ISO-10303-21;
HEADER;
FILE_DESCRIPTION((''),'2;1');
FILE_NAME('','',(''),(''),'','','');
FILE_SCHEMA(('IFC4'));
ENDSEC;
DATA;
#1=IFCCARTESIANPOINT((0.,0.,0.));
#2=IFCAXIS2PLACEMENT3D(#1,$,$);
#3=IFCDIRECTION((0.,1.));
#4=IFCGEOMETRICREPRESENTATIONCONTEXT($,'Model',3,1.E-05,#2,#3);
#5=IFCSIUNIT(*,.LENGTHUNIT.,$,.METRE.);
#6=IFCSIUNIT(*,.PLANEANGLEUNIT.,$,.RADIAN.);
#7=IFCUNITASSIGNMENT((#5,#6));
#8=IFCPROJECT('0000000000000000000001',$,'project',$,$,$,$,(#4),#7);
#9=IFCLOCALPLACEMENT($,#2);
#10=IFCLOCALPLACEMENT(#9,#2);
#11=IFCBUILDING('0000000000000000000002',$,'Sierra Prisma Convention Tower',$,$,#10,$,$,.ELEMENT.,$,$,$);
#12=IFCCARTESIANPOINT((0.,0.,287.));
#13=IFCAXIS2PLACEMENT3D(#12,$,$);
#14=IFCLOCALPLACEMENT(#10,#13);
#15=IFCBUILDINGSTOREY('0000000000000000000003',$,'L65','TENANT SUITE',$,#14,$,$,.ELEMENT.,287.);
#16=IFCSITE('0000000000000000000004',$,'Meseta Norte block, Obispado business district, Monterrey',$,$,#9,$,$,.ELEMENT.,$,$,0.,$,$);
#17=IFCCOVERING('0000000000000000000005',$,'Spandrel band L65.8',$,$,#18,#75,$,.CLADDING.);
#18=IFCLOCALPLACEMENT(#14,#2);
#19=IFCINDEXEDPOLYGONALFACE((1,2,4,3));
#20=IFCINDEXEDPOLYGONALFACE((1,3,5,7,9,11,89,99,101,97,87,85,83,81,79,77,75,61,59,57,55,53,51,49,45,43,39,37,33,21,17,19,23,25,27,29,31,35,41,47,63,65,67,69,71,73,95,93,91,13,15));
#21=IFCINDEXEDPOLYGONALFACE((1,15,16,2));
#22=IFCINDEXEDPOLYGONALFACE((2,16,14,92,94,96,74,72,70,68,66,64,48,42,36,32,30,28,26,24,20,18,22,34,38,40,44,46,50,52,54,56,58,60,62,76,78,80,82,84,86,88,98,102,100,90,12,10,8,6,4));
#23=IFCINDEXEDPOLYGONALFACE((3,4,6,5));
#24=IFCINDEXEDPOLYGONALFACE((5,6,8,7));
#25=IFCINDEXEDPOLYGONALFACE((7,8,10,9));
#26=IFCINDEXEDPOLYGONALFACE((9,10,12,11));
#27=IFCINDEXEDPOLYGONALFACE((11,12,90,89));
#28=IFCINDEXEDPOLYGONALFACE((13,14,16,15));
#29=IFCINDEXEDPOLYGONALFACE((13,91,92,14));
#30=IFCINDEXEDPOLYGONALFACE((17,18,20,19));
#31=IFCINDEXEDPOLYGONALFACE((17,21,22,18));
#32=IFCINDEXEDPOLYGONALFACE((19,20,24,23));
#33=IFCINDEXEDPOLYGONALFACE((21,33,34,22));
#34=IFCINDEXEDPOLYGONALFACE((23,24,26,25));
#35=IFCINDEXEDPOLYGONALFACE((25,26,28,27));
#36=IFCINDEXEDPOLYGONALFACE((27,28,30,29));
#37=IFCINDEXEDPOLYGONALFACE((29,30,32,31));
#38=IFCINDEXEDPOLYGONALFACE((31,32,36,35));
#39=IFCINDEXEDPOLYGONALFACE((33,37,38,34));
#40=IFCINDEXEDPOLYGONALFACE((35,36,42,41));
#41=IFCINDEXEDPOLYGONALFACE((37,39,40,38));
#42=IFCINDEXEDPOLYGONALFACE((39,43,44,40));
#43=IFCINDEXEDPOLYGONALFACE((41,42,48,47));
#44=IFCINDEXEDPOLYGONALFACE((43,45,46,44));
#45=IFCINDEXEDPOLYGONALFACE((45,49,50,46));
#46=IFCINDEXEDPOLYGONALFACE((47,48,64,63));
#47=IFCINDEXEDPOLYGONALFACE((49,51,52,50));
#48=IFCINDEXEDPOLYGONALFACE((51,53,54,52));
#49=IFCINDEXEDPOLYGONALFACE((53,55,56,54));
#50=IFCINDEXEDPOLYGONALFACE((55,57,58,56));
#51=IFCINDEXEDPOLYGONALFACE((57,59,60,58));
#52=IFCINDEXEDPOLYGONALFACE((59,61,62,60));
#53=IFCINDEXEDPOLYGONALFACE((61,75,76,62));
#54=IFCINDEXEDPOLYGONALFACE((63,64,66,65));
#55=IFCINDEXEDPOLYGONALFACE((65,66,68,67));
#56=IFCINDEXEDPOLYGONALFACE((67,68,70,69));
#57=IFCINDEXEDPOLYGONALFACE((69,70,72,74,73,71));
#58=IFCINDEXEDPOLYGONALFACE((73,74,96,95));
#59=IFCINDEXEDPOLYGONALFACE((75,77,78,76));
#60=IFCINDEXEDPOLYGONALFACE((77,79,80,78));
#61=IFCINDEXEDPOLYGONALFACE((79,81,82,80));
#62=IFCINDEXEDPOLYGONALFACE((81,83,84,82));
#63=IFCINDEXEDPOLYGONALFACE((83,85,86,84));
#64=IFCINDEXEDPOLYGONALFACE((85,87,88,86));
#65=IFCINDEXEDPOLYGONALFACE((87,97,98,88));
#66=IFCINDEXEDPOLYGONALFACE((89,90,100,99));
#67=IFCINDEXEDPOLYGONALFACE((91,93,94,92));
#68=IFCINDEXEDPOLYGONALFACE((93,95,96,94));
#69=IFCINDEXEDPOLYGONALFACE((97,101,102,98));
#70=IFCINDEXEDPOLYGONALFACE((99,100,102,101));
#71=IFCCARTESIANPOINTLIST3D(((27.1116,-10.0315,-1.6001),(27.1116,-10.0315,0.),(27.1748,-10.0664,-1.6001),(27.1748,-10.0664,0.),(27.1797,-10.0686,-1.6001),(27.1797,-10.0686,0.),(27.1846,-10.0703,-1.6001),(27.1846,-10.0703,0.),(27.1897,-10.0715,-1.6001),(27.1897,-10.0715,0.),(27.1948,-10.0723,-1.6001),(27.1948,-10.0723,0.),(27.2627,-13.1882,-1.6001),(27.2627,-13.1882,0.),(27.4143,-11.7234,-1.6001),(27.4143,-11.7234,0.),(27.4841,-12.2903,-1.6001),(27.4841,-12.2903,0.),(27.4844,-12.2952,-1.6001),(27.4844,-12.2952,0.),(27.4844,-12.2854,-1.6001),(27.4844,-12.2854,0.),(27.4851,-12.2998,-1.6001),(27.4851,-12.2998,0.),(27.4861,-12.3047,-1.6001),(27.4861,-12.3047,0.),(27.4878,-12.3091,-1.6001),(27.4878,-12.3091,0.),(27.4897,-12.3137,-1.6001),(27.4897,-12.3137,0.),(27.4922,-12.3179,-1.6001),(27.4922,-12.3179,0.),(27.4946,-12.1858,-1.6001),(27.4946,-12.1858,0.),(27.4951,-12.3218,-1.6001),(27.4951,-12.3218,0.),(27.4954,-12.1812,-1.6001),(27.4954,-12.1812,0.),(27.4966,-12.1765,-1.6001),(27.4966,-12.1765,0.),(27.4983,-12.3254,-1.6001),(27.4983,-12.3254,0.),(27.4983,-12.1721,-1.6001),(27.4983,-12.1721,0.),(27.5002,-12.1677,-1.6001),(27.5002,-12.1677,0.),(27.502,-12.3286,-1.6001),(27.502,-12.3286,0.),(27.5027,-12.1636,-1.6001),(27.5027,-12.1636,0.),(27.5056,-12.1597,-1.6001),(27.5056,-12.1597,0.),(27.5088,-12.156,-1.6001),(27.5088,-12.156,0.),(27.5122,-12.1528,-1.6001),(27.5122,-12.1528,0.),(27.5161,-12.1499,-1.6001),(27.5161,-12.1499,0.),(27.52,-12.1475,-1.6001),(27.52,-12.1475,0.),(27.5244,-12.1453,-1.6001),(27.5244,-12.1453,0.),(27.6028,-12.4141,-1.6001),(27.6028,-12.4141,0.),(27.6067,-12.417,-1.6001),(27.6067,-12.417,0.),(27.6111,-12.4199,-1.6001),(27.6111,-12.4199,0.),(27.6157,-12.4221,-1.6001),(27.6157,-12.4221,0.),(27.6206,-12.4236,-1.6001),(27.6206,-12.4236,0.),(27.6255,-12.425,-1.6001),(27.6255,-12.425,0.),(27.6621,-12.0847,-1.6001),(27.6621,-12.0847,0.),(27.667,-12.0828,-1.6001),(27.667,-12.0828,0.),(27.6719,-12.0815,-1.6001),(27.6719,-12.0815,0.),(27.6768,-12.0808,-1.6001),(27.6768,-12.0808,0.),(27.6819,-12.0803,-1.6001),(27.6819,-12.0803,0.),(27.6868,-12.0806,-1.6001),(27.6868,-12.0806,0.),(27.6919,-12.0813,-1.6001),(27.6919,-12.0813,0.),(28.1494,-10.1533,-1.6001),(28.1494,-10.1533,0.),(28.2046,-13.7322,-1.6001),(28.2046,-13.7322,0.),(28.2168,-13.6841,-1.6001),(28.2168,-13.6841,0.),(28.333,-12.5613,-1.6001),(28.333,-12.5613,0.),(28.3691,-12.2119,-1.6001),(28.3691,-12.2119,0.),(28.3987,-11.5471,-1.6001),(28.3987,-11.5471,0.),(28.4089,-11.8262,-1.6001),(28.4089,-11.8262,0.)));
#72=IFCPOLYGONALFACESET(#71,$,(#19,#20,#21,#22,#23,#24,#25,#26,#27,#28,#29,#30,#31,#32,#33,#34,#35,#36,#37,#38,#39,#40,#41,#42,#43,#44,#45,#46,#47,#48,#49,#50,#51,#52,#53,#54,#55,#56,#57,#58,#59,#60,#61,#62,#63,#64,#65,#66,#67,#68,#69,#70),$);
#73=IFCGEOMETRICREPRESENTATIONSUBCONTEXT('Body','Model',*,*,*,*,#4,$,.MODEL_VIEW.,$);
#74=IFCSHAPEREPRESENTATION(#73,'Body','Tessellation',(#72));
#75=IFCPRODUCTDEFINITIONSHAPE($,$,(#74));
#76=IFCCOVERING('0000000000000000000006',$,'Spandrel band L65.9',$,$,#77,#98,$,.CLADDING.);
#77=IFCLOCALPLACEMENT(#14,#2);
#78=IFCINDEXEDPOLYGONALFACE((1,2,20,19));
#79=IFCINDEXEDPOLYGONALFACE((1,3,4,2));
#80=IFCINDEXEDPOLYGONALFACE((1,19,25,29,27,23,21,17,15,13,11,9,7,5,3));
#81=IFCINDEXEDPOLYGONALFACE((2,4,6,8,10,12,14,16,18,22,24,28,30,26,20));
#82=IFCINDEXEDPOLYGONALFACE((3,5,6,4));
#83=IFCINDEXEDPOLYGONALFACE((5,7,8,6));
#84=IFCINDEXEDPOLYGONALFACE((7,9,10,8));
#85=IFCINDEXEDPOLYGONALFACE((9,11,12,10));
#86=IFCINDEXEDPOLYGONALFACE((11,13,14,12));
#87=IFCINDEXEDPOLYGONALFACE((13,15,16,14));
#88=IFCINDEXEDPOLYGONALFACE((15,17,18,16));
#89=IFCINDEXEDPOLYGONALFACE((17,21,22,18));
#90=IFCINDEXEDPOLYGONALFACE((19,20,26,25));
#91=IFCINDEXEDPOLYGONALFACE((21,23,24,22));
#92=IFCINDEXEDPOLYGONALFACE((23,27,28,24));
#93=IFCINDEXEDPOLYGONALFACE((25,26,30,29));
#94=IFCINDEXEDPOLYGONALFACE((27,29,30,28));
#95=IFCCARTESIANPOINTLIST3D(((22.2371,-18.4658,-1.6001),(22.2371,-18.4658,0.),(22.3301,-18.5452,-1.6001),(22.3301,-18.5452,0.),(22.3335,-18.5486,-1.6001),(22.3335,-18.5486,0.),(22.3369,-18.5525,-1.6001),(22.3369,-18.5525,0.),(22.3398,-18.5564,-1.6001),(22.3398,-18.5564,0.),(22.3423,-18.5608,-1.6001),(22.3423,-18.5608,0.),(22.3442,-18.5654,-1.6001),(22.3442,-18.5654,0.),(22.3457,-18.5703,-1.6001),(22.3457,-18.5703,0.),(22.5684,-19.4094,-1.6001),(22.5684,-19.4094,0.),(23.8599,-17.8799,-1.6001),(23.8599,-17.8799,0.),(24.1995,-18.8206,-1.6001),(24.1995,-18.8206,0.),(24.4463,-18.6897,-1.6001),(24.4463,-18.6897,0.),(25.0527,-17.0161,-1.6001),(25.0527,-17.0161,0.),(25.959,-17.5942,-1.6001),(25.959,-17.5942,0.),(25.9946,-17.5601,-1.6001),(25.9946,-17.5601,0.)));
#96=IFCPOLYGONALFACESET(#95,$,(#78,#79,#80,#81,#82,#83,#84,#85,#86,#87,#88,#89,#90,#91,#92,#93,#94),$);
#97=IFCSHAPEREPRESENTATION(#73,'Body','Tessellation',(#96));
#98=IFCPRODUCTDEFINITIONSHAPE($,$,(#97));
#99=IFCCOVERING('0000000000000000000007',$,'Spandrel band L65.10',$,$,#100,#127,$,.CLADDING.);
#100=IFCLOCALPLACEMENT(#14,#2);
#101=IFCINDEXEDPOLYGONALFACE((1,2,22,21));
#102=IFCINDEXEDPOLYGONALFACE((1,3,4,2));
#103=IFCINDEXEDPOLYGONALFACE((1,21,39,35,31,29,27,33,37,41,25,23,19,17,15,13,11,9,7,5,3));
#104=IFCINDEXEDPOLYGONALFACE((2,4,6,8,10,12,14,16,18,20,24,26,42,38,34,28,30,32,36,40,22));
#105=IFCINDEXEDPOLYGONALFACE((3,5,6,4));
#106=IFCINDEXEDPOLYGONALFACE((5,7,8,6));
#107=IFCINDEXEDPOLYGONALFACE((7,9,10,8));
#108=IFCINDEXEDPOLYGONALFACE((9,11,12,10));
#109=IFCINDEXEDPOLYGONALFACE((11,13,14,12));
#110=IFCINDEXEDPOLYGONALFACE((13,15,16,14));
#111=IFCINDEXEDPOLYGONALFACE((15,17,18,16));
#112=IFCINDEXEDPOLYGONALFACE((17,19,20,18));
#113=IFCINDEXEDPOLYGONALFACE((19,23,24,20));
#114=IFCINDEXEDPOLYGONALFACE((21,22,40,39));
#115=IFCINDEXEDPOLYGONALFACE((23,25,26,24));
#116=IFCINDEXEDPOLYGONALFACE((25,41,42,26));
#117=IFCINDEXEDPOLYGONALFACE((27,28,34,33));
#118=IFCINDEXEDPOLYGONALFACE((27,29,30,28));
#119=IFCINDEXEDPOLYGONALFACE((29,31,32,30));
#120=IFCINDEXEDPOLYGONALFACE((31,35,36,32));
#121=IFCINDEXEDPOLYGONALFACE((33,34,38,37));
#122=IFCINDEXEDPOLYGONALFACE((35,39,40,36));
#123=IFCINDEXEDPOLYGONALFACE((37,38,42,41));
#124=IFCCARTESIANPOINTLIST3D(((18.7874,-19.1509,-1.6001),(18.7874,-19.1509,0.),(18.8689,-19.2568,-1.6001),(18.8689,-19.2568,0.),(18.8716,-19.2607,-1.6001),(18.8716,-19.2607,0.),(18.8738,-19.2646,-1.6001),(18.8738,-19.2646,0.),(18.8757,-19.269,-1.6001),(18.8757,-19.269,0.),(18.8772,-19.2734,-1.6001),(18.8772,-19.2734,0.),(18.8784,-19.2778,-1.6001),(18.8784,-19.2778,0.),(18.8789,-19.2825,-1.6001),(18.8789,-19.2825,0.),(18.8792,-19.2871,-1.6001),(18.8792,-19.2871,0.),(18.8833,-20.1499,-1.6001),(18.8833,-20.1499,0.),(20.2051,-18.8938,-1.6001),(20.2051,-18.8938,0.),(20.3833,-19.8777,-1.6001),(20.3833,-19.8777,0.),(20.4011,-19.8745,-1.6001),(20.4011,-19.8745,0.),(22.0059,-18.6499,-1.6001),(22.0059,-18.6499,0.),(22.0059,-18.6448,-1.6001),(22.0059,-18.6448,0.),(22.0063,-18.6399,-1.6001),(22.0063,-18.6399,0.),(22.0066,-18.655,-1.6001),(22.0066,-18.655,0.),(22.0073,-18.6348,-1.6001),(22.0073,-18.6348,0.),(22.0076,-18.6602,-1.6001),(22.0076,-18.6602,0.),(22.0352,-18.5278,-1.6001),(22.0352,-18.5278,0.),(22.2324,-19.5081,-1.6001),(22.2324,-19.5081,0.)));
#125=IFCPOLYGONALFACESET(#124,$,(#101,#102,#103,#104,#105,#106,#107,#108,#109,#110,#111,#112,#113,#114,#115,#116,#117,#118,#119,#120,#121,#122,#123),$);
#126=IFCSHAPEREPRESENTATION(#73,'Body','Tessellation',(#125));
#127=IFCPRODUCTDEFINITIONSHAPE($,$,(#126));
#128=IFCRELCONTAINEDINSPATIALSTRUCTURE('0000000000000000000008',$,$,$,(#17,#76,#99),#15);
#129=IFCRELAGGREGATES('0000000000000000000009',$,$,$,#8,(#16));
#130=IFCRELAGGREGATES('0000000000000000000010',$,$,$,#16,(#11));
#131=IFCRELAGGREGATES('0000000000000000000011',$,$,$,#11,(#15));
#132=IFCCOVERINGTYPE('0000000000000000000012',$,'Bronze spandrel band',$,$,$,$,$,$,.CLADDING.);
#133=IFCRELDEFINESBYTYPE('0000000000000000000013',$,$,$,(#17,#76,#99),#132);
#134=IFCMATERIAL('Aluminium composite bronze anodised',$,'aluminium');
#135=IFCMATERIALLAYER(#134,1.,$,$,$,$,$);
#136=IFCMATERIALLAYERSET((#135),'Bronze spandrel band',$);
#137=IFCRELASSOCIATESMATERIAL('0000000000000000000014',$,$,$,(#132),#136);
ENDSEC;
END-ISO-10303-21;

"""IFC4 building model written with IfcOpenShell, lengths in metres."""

from ifc_helpers import new_model, si_unit, direction, frame, origin, place, context, subcontext, project, spatial, polyline, outline, extrude, material, layer, layer_set, type_object, element, save


model = new_model("IFC4")

# Units and contexts
model_context = context("Model", 3, precision=1e-05, world=origin(), true_north=direction((0.0, 1.0)))
body_context = subcontext(model_context, "Body", "Model", "MODEL_VIEW")
ifc_project = project(units=[si_unit("LENGTHUNIT", "METRE"), si_unit("PLANEANGLEUNIT", "RADIAN")], contexts=[model_context])

# Site, building, storey
site_placement = place(None, origin())
site = spatial("IfcSite", under=ifc_project, at=site_placement, Name="Meseta Norte block, Obispado business district, Monterrey", CompositionType="ELEMENT", RefElevation=0.0)
building_placement = place(site_placement, origin())
building = spatial("IfcBuilding", under=site, at=building_placement, Name="Sierra Prisma Convention Tower", CompositionType="ELEMENT")
storey_placement = place(building_placement, frame((0.0, 0.0, 287.0)))
storey = spatial("IfcBuildingStorey", under=building, at=storey_placement, Name="L65", Description="TENANT SUITE", CompositionType="ELEMENT", Elevation=287.0)

# Coverings
ifc_material_1 = material(Name="Aluminium composite bronze anodised", Category="aluminium")
ifc_layer_1 = layer(ifc_material_1, 1.0)
ifc_layer_set_1 = layer_set([ifc_layer_1], Name="Bronze spandrel band")
covering_type_1 = type_object("IfcCoveringType", Name="Bronze spandrel band", PredefinedType="CLADDING", material=ifc_layer_set_1)
covering_1_placement = place(storey_placement, frame((0.0, 0.0, -1.6001)))
element("IfcCovering", 1, at=covering_1_placement, inside=storey, type_object=covering_type_1, Name="Spandrel band L65.8", PredefinedType="CLADDING", context=body_context, shape_type="SweptSolid", body=[
    extrude(outline(polyline([(27.667, -12.0828), (27.6621, -12.0847), (27.5244, -12.1453), (27.52, -12.1475), (27.5161, -12.1499), (27.5122, -12.1528), (27.5088, -12.156), (27.5056, -12.1597), (27.5027, -12.1636), (27.5002, -12.1677), (27.4983, -12.1721), (27.4966, -12.1765), (27.4954, -12.1812), (27.4946, -12.1858), (27.4844, -12.2854), (27.4841, -12.2903), (27.4844, -12.2952), (27.4851, -12.2998), (27.4861, -12.3047), (27.4878, -12.3091), (27.4897, -12.3137), (27.4922, -12.3179), (27.4951, -12.3218), (27.4983, -12.3254), (27.502, -12.3286), (27.6028, -12.4141), (27.6067, -12.417), (27.6111, -12.4199), (27.6157, -12.4221), (27.6206, -12.4236), (27.6255, -12.425), (28.333, -12.5613), (28.2168, -13.6841), (28.2046, -13.7322), (27.2627, -13.1882), (27.4143, -11.7234), (27.1116, -10.0315), (27.1748, -10.0664), (27.1797, -10.0686), (27.1846, -10.0703), (27.1897, -10.0715), (27.1948, -10.0723), (28.1494, -10.1533), (28.3987, -11.5471), (28.4089, -11.8262), (28.3691, -12.2119), (27.6919, -12.0813), (27.6868, -12.0806), (27.6819, -12.0803), (27.6768, -12.0808), (27.6719, -12.0815), (27.667, -12.0828)])), origin(), (0.0, 0.0, 1.0), 1.6001),
])
covering_2_placement = place(storey_placement, frame((0.0, 0.0, -1.6001)))
element("IfcCovering", 2, at=covering_2_placement, inside=storey, type_object=covering_type_1, Name="Spandrel band L65.9", PredefinedType="CLADDING", context=body_context, shape_type="SweptSolid", body=[
    extrude(outline(polyline([(22.5684, -19.4094), (22.3457, -18.5703), (22.3442, -18.5654), (22.3423, -18.5608), (22.3398, -18.5564), (22.3369, -18.5525), (22.3335, -18.5486), (22.3301, -18.5452), (22.2371, -18.4658), (23.8599, -17.8799), (25.0527, -17.0161), (25.9946, -17.5601), (25.959, -17.5942), (24.4463, -18.6897), (24.1995, -18.8206), (22.5684, -19.4094)])), origin(), (0.0, 0.0, 1.0), 1.6001),
])
covering_3_placement = place(storey_placement, frame((0.0, 0.0, -1.6001)))
element("IfcCovering", 3, at=covering_3_placement, inside=storey, type_object=covering_type_1, Name="Spandrel band L65.10", PredefinedType="CLADDING", context=body_context, shape_type="SweptSolid", body=[
    extrude(outline(polyline([(18.8716, -19.2607), (18.8689, -19.2568), (18.7874, -19.1509), (20.2051, -18.8938), (22.0352, -18.5278), (22.0073, -18.6348), (22.0063, -18.6399), (22.0059, -18.6448), (22.0059, -18.6499), (22.0066, -18.655), (22.0076, -18.6602), (22.2324, -19.5081), (20.4011, -19.8745), (20.3833, -19.8777), (18.8833, -20.1499), (18.8792, -19.2871), (18.8789, -19.2825), (18.8784, -19.2778), (18.8772, -19.2734), (18.8757, -19.269), (18.8738, -19.2646), (18.8716, -19.2607)])), origin(), (0.0, 0.0, 1.0), 1.6001),
])

save(model, "model.ifc")
